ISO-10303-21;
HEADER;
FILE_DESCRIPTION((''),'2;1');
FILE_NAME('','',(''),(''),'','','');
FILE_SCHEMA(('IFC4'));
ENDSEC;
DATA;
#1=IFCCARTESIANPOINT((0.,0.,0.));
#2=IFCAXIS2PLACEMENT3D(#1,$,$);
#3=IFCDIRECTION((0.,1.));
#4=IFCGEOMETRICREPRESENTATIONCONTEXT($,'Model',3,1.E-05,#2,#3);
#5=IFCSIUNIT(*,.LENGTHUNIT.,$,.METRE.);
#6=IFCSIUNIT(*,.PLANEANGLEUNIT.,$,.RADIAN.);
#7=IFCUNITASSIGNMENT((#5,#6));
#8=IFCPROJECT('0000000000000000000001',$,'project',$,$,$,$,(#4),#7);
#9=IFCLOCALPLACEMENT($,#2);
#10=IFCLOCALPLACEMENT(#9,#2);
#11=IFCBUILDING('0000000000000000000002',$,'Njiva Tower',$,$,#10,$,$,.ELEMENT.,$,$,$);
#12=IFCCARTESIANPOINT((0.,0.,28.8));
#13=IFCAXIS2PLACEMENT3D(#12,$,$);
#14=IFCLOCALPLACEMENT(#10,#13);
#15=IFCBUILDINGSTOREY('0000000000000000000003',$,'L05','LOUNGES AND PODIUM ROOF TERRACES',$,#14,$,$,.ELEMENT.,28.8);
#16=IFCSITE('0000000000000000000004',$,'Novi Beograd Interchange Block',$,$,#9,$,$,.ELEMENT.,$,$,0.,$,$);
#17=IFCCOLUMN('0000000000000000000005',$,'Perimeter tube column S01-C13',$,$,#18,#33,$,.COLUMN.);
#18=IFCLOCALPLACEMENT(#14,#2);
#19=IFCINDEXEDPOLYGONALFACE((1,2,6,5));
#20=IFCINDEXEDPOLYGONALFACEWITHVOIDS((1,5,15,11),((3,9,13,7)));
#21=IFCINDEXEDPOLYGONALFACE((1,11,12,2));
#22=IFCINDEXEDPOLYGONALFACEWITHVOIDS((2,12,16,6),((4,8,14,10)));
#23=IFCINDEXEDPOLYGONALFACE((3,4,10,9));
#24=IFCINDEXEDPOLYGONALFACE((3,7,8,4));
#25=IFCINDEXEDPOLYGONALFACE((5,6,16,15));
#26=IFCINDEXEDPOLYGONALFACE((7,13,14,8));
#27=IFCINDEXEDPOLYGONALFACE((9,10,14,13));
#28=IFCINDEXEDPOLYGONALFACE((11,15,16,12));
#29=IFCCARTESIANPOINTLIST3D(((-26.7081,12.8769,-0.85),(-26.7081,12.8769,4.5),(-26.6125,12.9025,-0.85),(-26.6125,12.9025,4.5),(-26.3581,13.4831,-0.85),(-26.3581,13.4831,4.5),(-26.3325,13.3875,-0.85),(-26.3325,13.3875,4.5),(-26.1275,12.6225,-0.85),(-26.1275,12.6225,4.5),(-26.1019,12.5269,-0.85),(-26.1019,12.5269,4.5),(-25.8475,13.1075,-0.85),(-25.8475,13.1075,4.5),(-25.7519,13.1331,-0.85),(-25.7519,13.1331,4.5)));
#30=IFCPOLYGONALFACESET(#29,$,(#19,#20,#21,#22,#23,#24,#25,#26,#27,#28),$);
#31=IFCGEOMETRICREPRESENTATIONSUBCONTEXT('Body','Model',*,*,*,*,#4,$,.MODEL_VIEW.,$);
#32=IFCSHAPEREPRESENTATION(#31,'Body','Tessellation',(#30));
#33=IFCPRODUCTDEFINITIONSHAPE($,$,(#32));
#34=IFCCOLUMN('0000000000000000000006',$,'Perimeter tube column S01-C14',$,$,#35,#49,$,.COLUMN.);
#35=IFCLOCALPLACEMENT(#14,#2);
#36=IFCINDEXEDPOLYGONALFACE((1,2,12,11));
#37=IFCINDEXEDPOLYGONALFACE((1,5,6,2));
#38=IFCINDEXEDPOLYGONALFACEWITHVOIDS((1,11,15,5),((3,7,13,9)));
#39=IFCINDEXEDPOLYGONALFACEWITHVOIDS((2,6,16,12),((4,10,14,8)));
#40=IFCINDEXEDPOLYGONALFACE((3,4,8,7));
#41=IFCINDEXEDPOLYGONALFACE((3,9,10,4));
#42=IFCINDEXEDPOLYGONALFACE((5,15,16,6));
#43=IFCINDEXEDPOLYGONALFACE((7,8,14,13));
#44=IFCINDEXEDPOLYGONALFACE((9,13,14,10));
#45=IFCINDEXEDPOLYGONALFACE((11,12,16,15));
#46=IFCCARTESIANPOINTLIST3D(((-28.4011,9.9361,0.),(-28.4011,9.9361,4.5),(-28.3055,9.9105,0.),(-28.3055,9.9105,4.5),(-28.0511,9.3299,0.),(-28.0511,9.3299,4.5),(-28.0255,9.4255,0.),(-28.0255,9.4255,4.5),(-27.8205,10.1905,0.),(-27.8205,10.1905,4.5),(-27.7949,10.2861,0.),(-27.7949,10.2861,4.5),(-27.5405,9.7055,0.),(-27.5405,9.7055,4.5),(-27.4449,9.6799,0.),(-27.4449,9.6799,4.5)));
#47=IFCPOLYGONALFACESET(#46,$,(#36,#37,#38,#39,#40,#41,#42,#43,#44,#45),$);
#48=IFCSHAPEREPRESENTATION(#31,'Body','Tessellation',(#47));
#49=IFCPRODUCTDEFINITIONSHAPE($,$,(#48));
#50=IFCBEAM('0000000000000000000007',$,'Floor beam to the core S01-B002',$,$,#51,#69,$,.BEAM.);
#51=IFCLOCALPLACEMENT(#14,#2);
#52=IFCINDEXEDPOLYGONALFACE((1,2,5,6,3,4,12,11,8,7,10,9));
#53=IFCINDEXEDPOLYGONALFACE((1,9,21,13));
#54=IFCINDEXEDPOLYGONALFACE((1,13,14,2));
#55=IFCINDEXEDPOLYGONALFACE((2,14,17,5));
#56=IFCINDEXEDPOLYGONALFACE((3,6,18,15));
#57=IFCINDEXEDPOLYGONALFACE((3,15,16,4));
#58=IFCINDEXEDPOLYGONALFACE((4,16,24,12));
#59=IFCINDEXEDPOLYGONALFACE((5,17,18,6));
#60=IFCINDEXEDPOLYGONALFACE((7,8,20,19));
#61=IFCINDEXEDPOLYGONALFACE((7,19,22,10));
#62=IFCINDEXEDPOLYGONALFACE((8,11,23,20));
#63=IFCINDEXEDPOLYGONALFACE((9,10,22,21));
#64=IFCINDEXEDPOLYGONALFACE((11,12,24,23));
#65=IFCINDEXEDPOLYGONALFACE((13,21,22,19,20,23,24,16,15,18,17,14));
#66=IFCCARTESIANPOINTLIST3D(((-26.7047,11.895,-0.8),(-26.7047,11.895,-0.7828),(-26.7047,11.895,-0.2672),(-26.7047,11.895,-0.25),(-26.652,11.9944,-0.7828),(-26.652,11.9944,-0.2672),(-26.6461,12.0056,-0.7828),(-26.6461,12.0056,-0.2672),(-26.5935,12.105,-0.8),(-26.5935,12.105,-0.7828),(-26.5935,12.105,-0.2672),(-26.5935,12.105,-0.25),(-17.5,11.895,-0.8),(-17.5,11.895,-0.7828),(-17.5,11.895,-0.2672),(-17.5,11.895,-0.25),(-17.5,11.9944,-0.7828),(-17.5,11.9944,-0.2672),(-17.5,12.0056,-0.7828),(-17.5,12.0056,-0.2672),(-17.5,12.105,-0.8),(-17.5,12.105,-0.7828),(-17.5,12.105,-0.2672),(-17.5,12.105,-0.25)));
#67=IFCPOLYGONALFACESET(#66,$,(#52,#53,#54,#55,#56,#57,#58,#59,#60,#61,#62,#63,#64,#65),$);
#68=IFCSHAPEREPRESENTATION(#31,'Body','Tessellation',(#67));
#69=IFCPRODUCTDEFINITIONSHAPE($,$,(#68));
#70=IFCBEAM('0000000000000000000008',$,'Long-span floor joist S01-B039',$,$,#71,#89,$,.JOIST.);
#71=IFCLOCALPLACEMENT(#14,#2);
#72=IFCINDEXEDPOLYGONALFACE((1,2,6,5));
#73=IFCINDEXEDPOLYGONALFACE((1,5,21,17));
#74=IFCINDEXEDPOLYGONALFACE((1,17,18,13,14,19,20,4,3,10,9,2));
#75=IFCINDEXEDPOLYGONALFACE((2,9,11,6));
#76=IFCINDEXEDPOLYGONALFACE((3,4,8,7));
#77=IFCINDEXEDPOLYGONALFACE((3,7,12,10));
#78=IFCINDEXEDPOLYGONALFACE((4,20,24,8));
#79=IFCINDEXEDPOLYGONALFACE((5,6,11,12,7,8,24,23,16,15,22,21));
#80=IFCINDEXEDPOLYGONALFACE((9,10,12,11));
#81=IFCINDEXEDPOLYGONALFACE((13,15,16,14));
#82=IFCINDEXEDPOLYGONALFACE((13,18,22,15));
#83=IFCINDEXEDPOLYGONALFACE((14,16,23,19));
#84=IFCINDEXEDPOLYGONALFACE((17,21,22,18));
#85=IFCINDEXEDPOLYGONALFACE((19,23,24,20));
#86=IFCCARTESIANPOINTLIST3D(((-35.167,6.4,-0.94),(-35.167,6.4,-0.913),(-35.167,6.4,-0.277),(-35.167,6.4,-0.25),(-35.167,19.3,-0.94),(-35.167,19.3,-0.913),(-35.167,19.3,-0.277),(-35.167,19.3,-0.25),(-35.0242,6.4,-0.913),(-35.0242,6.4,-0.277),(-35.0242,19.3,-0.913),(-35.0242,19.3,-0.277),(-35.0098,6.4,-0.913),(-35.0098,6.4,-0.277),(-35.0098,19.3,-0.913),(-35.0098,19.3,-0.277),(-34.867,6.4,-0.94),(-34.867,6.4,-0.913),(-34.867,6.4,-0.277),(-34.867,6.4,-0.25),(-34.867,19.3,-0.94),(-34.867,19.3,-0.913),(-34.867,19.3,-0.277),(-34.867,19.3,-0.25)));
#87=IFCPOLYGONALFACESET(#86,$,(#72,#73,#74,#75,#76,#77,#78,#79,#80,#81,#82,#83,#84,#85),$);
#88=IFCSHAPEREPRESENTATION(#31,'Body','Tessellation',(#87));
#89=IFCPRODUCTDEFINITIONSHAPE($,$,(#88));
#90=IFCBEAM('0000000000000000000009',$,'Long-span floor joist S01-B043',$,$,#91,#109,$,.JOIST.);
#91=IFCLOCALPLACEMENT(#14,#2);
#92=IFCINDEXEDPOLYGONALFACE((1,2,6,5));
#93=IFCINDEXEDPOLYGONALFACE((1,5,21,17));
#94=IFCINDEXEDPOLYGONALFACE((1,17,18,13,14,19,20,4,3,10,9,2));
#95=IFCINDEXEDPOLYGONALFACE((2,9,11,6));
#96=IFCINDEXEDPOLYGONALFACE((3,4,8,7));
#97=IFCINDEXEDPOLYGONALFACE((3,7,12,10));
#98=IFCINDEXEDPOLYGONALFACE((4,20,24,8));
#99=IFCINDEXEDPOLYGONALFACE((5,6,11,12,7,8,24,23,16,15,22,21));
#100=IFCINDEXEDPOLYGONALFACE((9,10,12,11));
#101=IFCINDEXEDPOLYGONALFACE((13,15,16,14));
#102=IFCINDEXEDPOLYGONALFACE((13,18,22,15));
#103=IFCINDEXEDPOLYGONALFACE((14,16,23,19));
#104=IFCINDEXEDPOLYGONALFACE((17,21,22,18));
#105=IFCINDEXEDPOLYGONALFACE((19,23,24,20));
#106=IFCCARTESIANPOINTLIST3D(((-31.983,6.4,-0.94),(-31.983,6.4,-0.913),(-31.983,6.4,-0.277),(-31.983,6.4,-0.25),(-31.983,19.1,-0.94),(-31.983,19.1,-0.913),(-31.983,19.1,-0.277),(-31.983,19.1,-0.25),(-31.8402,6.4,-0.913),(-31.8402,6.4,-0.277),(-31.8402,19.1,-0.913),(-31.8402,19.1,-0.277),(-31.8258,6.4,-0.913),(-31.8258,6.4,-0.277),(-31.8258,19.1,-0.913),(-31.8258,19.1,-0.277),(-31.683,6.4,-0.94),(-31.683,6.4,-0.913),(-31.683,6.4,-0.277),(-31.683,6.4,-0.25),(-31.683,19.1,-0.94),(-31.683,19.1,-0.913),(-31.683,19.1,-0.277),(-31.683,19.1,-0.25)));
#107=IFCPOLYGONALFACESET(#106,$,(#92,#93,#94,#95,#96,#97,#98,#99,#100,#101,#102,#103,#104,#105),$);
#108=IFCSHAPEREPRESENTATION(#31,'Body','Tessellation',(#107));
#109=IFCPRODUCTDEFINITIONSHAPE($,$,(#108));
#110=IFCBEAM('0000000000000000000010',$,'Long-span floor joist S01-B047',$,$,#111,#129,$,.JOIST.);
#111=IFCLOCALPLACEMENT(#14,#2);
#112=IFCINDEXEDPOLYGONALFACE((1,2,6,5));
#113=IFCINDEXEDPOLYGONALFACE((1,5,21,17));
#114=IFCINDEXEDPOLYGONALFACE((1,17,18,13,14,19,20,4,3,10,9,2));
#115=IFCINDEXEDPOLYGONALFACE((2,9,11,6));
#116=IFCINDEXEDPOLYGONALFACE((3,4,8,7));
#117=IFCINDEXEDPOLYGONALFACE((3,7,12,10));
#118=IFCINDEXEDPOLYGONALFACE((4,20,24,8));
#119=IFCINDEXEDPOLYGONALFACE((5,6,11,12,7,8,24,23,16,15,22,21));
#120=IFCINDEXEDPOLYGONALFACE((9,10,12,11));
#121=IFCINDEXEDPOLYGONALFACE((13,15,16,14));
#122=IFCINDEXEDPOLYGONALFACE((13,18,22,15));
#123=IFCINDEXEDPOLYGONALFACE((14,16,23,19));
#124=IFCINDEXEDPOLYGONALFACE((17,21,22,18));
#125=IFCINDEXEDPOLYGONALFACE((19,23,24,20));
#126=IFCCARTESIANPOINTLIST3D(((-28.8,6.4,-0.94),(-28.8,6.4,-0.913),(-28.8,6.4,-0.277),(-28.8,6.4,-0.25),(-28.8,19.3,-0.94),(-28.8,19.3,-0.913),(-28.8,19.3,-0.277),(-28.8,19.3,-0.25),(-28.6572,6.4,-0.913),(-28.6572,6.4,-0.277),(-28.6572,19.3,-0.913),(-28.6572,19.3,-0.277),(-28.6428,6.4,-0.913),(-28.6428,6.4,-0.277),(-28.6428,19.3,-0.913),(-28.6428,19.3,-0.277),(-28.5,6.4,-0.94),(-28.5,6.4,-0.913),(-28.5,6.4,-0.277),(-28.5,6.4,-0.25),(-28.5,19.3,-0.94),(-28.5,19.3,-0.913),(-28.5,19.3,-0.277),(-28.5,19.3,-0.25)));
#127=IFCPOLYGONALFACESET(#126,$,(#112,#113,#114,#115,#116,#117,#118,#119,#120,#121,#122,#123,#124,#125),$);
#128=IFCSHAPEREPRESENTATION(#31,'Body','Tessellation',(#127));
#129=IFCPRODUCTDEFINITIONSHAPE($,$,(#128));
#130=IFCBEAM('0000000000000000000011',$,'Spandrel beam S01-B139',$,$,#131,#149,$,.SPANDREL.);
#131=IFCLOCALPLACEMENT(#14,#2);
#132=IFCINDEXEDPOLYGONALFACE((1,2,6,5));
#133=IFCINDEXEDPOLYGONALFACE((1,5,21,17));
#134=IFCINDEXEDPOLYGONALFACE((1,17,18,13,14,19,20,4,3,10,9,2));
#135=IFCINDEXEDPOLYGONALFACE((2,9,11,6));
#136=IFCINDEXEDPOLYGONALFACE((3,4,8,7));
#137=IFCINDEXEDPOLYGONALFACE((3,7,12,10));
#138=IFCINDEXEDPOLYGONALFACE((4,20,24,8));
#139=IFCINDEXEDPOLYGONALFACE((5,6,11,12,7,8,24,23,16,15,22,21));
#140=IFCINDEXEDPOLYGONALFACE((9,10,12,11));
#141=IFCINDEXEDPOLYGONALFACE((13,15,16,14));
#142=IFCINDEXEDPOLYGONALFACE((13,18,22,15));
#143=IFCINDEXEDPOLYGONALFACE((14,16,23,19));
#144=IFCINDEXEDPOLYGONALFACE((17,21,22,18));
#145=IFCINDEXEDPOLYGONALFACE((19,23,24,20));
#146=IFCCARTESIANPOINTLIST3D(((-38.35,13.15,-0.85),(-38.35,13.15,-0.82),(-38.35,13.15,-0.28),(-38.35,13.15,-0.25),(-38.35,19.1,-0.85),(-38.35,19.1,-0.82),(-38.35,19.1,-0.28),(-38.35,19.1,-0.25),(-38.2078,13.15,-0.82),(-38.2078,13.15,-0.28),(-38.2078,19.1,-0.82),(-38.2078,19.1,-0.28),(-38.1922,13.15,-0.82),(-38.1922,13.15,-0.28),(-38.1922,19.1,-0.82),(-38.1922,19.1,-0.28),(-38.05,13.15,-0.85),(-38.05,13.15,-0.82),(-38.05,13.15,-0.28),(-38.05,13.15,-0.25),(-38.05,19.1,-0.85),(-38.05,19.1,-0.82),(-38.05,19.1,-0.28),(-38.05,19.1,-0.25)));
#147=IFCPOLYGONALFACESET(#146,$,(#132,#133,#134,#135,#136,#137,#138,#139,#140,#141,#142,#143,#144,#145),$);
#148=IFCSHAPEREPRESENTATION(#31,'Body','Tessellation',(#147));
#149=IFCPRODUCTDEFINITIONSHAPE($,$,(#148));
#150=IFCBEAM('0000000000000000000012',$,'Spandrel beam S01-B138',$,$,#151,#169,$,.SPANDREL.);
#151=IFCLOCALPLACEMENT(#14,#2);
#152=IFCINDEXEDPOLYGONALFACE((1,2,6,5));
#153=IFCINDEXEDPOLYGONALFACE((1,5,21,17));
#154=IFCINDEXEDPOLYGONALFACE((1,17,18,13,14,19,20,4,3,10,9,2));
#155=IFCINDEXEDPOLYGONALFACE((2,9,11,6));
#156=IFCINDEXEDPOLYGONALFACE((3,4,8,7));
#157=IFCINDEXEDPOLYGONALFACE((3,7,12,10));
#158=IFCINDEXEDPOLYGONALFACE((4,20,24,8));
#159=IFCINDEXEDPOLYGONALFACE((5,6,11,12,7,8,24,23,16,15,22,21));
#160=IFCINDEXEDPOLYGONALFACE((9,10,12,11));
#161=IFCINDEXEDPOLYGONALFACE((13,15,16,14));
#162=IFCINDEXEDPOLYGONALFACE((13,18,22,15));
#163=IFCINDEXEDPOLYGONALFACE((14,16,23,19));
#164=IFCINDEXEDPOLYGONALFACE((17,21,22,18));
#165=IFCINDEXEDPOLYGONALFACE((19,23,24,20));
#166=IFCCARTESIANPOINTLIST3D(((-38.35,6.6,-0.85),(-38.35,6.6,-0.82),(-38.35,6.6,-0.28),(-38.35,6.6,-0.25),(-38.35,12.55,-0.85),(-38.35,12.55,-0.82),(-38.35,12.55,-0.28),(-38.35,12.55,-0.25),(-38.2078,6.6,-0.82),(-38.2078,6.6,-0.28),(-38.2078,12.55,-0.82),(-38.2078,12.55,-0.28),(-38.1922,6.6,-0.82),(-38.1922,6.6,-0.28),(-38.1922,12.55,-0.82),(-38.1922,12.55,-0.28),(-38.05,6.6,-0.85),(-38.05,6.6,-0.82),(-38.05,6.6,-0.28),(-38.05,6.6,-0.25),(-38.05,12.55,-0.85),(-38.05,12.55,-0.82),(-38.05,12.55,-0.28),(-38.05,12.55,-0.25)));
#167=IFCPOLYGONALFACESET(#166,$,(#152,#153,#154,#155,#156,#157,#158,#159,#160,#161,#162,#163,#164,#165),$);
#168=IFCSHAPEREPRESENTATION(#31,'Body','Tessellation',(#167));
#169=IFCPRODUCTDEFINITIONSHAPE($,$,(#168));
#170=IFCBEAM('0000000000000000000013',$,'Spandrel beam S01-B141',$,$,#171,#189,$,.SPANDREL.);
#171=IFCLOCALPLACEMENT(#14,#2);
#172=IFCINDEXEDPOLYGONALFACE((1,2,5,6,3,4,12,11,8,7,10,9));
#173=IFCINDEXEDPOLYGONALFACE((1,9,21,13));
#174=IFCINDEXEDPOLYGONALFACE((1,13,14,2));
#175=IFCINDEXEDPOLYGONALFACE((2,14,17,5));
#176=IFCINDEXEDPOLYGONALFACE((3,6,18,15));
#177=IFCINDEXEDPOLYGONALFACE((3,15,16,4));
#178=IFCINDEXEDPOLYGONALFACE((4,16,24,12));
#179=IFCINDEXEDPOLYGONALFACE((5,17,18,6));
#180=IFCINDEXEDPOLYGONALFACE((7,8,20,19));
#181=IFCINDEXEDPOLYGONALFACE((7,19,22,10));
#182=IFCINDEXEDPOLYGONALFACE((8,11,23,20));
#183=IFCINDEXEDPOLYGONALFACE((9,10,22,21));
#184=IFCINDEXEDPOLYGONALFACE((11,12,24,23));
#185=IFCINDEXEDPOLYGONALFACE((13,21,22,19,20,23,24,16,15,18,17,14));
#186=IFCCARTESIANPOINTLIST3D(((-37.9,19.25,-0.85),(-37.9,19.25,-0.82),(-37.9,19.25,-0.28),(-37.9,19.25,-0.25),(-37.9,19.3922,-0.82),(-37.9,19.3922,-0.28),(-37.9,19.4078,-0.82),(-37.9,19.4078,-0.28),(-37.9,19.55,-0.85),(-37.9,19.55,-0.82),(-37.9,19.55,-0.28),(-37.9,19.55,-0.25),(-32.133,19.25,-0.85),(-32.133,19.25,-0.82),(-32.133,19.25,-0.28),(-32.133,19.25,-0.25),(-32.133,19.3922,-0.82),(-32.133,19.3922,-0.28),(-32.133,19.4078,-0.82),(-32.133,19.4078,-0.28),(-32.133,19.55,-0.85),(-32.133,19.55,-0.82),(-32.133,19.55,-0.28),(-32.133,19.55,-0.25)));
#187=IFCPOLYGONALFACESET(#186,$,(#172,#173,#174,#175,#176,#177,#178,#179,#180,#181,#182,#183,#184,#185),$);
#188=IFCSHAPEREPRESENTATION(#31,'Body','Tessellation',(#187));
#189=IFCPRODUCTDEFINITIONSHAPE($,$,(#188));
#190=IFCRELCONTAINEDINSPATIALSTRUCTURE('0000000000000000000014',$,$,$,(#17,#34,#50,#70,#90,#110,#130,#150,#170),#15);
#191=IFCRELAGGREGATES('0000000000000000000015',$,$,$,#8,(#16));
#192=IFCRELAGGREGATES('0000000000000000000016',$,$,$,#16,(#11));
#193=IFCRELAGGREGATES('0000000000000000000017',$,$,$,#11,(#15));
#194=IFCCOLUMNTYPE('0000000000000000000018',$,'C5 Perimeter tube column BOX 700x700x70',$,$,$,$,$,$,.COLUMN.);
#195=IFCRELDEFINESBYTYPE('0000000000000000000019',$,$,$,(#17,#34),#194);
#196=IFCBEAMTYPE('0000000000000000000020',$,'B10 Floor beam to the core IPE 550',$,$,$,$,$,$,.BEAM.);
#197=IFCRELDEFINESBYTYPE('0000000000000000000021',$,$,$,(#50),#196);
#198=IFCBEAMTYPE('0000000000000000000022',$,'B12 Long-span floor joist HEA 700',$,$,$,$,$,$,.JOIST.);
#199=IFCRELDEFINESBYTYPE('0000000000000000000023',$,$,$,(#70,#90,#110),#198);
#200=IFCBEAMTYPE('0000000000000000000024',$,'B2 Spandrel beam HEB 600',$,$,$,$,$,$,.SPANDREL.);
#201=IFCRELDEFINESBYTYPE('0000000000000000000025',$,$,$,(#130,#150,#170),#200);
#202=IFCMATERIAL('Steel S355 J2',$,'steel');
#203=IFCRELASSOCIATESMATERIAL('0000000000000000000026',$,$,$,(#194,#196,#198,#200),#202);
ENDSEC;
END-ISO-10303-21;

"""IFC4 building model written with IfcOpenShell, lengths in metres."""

from ifc_helpers import new_model, si_unit, direction, frame, origin, origin_2d, place, context, subcontext, project, spatial, hollow_rectangle, i_section, extrude, clip, halfspace, material, material_profile, profile_set, type_object, element, save


model = new_model("IFC4")

# Units and contexts
model_context = context("Model", 3, precision=1e-05, world=origin(), true_north=direction((0.0, 1.0)))
body_context = subcontext(model_context, "Body", "Model", "MODEL_VIEW")
ifc_project = project(units=[si_unit("LENGTHUNIT", "METRE"), si_unit("PLANEANGLEUNIT", "RADIAN")], contexts=[model_context])

# Site, building, storey
site_placement = place(None, origin())
site = spatial("IfcSite", under=ifc_project, at=site_placement, Name="Novi Beograd Interchange Block", CompositionType="ELEMENT", RefElevation=0.0)
building_placement = place(site_placement, origin())
building = spatial("IfcBuilding", under=site, at=building_placement, Name="Njiva Tower", CompositionType="ELEMENT")
storey_placement = place(building_placement, frame((0.0, 0.0, 28.8)))
storey = spatial("IfcBuildingStorey", under=building, at=storey_placement, Name="L05", Description="LOUNGES AND PODIUM ROOF TERRACES", CompositionType="ELEMENT", Elevation=28.8)

# Columns
ifc_material_1 = material(Name="Steel S355 J2", Category="steel")
ifc_material_profile_1 = material_profile(ifc_material_1, hollow_rectangle(XDim=0.7, YDim=0.7, WallThickness=0.07, at=origin_2d()), Name="BOX 700x700x70")
ifc_profile_set_1 = profile_set([ifc_material_profile_1], Name="Steel S355 J2")
column_type = type_object("IfcColumnType", Name="C5 Perimeter tube column BOX 700x700x70", PredefinedType="COLUMN", material=ifc_profile_set_1)
column_1_placement = place(storey_placement, frame((-26.23, 13.005, -0.85), z_axis=(0.0, 0.0, 1.0), x_axis=(-0.5, -0.866025, 0.0)))
element("IfcColumn", 1, at=column_1_placement, inside=storey, type_object=column_type, Name="Perimeter tube column S01-C13", PredefinedType="COLUMN", context=body_context, shape_type="SweptSolid", body=[
    extrude(hollow_rectangle(XDim=0.7, YDim=0.7, WallThickness=0.07, at=origin_2d()), origin(), (0.0, 0.0, 1.0), 5.35),
])
column_2_placement = place(storey_placement, frame((-27.923, 9.808, 0.0), z_axis=(0.0, 0.0, 1.0), x_axis=(0.5, -0.866025, 0.0)))
element("IfcColumn", 2, at=column_2_placement, inside=storey, type_object=column_type, Name="Perimeter tube column S01-C14", PredefinedType="COLUMN", context=body_context, shape_type="SweptSolid", body=[
    extrude(hollow_rectangle(XDim=0.7, YDim=0.7, WallThickness=0.07, at=origin_2d()), origin(), (0.0, 0.0, 1.0), 4.5),
])

# Beams
ifc_material_profile_2 = material_profile(ifc_material_1, i_section(OverallWidth=0.21, OverallDepth=0.55, WebThickness=0.0111, FlangeThickness=0.0172, at=origin_2d()), Name="IPE 550")
ifc_profile_set_2 = profile_set([ifc_material_profile_2], Name="Steel S355 J2")
beam_type_1 = type_object("IfcBeamType", Name="B10 Floor beam to the core IPE 550", PredefinedType="BEAM", material=ifc_profile_set_2)
beam_1_placement = place(storey_placement, frame((-26.725, 12.0, -0.525), z_axis=(1.0, 0.0, 0.0), x_axis=(0.0, 1.0, 0.0)))
element("IfcBeam", 3, at=beam_1_placement, inside=storey, type_object=beam_type_1, Name="Floor beam to the core S01-B002", PredefinedType="BEAM", context=body_context, shape_type="Clipping", body=[
    clip(extrude(i_section(OverallWidth=0.21, OverallDepth=0.55, WebThickness=0.0111, FlangeThickness=0.0172, at=origin_2d()), origin(), (0.0, 0.0, 1.0), 9.225), halfspace(frame((0.0234, 0.0, 0.0883), z_axis=(0.467798, 0.0, -0.883836), x_axis=(0.0, -1.0, 0.0)), False)),
])
ifc_material_profile_3 = material_profile(ifc_material_1, i_section(OverallWidth=0.3, OverallDepth=0.69, WebThickness=0.0145, FlangeThickness=0.027, at=origin_2d()), Name="HEA 700")
ifc_profile_set_3 = profile_set([ifc_material_profile_3], Name="Steel S355 J2")
beam_type_2 = type_object("IfcBeamType", Name="B12 Long-span floor joist HEA 700", PredefinedType="JOIST", material=ifc_profile_set_3)
beam_2_placement = place(storey_placement, frame((-35.017, 19.3, -0.595), z_axis=(0.0, -1.0, 0.0), x_axis=(1.0, 0.0, 0.0)))
element("IfcBeam", 4, at=beam_2_placement, inside=storey, type_object=beam_type_2, Name="Long-span floor joist S01-B039", PredefinedType="JOIST", context=body_context, shape_type="SweptSolid", body=[
    extrude(i_section(OverallWidth=0.3, OverallDepth=0.69, WebThickness=0.0145, FlangeThickness=0.027, at=origin_2d()), origin(), (0.0, 0.0, 1.0), 12.9),
])
beam_3_placement = place(storey_placement, frame((-31.833, 19.1, -0.595), z_axis=(0.0, -1.0, 0.0), x_axis=(1.0, 0.0, 0.0)))
element("IfcBeam", 5, at=beam_3_placement, inside=storey, type_object=beam_type_2, Name="Long-span floor joist S01-B043", PredefinedType="JOIST", context=body_context, shape_type="SweptSolid", body=[
    extrude(i_section(OverallWidth=0.3, OverallDepth=0.69, WebThickness=0.0145, FlangeThickness=0.027, at=origin_2d()), origin(), (0.0, 0.0, 1.0), 12.7),
])
beam_4_placement = place(storey_placement, frame((-28.65, 19.3, -0.595), z_axis=(0.0, -1.0, 0.0), x_axis=(1.0, 0.0, 0.0)))
element("IfcBeam", 6, at=beam_4_placement, inside=storey, type_object=beam_type_2, Name="Long-span floor joist S01-B047", PredefinedType="JOIST", context=body_context, shape_type="SweptSolid", body=[
    extrude(i_section(OverallWidth=0.3, OverallDepth=0.69, WebThickness=0.0145, FlangeThickness=0.027, at=origin_2d()), origin(), (0.0, 0.0, 1.0), 12.9),
])
ifc_material_profile_4 = material_profile(ifc_material_1, i_section(OverallWidth=0.3, OverallDepth=0.6, WebThickness=0.0155, FlangeThickness=0.03, at=origin_2d()), Name="HEB 600")
ifc_profile_set_4 = profile_set([ifc_material_profile_4], Name="Steel S355 J2")
beam_type_3 = type_object("IfcBeamType", Name="B2 Spandrel beam HEB 600", PredefinedType="SPANDREL", material=ifc_profile_set_4)
for number, where, z_axis, x_axis, name in (
    (7, (-38.2, 19.1, -0.55), (0.0, -1.0, 0.0), (1.0, 0.0, 0.0), "Spandrel beam S01-B139"),
    (8, (-38.2, 12.55, -0.55), (0.0, -1.0, 0.0), (1.0, 0.0, 0.0), "Spandrel beam S01-B138"),
):
    element("IfcBeam", number, at=place(storey_placement, frame(where, z_axis=z_axis, x_axis=x_axis)), inside=storey, type_object=beam_type_3, Name=name, PredefinedType="SPANDREL", context=body_context, shape_type="SweptSolid", body=[
        extrude(i_section(OverallWidth=0.3, OverallDepth=0.6, WebThickness=0.0155, FlangeThickness=0.03, at=origin_2d()), origin(), (0.0, 0.0, 1.0), 5.95),
    ])
beam_5_placement = place(storey_placement, frame((-37.9, 19.4, -0.55), z_axis=(1.0, 0.0, 0.0), x_axis=(0.0, 1.0, 0.0)))
element("IfcBeam", 9, at=beam_5_placement, inside=storey, type_object=beam_type_3, Name="Spandrel beam S01-B141", PredefinedType="SPANDREL", context=body_context, shape_type="SweptSolid", body=[
    extrude(i_section(OverallWidth=0.3, OverallDepth=0.6, WebThickness=0.0155, FlangeThickness=0.03, at=origin_2d()), origin(), (0.0, 0.0, 1.0), 5.767),
])

save(model, "model.ifc")
